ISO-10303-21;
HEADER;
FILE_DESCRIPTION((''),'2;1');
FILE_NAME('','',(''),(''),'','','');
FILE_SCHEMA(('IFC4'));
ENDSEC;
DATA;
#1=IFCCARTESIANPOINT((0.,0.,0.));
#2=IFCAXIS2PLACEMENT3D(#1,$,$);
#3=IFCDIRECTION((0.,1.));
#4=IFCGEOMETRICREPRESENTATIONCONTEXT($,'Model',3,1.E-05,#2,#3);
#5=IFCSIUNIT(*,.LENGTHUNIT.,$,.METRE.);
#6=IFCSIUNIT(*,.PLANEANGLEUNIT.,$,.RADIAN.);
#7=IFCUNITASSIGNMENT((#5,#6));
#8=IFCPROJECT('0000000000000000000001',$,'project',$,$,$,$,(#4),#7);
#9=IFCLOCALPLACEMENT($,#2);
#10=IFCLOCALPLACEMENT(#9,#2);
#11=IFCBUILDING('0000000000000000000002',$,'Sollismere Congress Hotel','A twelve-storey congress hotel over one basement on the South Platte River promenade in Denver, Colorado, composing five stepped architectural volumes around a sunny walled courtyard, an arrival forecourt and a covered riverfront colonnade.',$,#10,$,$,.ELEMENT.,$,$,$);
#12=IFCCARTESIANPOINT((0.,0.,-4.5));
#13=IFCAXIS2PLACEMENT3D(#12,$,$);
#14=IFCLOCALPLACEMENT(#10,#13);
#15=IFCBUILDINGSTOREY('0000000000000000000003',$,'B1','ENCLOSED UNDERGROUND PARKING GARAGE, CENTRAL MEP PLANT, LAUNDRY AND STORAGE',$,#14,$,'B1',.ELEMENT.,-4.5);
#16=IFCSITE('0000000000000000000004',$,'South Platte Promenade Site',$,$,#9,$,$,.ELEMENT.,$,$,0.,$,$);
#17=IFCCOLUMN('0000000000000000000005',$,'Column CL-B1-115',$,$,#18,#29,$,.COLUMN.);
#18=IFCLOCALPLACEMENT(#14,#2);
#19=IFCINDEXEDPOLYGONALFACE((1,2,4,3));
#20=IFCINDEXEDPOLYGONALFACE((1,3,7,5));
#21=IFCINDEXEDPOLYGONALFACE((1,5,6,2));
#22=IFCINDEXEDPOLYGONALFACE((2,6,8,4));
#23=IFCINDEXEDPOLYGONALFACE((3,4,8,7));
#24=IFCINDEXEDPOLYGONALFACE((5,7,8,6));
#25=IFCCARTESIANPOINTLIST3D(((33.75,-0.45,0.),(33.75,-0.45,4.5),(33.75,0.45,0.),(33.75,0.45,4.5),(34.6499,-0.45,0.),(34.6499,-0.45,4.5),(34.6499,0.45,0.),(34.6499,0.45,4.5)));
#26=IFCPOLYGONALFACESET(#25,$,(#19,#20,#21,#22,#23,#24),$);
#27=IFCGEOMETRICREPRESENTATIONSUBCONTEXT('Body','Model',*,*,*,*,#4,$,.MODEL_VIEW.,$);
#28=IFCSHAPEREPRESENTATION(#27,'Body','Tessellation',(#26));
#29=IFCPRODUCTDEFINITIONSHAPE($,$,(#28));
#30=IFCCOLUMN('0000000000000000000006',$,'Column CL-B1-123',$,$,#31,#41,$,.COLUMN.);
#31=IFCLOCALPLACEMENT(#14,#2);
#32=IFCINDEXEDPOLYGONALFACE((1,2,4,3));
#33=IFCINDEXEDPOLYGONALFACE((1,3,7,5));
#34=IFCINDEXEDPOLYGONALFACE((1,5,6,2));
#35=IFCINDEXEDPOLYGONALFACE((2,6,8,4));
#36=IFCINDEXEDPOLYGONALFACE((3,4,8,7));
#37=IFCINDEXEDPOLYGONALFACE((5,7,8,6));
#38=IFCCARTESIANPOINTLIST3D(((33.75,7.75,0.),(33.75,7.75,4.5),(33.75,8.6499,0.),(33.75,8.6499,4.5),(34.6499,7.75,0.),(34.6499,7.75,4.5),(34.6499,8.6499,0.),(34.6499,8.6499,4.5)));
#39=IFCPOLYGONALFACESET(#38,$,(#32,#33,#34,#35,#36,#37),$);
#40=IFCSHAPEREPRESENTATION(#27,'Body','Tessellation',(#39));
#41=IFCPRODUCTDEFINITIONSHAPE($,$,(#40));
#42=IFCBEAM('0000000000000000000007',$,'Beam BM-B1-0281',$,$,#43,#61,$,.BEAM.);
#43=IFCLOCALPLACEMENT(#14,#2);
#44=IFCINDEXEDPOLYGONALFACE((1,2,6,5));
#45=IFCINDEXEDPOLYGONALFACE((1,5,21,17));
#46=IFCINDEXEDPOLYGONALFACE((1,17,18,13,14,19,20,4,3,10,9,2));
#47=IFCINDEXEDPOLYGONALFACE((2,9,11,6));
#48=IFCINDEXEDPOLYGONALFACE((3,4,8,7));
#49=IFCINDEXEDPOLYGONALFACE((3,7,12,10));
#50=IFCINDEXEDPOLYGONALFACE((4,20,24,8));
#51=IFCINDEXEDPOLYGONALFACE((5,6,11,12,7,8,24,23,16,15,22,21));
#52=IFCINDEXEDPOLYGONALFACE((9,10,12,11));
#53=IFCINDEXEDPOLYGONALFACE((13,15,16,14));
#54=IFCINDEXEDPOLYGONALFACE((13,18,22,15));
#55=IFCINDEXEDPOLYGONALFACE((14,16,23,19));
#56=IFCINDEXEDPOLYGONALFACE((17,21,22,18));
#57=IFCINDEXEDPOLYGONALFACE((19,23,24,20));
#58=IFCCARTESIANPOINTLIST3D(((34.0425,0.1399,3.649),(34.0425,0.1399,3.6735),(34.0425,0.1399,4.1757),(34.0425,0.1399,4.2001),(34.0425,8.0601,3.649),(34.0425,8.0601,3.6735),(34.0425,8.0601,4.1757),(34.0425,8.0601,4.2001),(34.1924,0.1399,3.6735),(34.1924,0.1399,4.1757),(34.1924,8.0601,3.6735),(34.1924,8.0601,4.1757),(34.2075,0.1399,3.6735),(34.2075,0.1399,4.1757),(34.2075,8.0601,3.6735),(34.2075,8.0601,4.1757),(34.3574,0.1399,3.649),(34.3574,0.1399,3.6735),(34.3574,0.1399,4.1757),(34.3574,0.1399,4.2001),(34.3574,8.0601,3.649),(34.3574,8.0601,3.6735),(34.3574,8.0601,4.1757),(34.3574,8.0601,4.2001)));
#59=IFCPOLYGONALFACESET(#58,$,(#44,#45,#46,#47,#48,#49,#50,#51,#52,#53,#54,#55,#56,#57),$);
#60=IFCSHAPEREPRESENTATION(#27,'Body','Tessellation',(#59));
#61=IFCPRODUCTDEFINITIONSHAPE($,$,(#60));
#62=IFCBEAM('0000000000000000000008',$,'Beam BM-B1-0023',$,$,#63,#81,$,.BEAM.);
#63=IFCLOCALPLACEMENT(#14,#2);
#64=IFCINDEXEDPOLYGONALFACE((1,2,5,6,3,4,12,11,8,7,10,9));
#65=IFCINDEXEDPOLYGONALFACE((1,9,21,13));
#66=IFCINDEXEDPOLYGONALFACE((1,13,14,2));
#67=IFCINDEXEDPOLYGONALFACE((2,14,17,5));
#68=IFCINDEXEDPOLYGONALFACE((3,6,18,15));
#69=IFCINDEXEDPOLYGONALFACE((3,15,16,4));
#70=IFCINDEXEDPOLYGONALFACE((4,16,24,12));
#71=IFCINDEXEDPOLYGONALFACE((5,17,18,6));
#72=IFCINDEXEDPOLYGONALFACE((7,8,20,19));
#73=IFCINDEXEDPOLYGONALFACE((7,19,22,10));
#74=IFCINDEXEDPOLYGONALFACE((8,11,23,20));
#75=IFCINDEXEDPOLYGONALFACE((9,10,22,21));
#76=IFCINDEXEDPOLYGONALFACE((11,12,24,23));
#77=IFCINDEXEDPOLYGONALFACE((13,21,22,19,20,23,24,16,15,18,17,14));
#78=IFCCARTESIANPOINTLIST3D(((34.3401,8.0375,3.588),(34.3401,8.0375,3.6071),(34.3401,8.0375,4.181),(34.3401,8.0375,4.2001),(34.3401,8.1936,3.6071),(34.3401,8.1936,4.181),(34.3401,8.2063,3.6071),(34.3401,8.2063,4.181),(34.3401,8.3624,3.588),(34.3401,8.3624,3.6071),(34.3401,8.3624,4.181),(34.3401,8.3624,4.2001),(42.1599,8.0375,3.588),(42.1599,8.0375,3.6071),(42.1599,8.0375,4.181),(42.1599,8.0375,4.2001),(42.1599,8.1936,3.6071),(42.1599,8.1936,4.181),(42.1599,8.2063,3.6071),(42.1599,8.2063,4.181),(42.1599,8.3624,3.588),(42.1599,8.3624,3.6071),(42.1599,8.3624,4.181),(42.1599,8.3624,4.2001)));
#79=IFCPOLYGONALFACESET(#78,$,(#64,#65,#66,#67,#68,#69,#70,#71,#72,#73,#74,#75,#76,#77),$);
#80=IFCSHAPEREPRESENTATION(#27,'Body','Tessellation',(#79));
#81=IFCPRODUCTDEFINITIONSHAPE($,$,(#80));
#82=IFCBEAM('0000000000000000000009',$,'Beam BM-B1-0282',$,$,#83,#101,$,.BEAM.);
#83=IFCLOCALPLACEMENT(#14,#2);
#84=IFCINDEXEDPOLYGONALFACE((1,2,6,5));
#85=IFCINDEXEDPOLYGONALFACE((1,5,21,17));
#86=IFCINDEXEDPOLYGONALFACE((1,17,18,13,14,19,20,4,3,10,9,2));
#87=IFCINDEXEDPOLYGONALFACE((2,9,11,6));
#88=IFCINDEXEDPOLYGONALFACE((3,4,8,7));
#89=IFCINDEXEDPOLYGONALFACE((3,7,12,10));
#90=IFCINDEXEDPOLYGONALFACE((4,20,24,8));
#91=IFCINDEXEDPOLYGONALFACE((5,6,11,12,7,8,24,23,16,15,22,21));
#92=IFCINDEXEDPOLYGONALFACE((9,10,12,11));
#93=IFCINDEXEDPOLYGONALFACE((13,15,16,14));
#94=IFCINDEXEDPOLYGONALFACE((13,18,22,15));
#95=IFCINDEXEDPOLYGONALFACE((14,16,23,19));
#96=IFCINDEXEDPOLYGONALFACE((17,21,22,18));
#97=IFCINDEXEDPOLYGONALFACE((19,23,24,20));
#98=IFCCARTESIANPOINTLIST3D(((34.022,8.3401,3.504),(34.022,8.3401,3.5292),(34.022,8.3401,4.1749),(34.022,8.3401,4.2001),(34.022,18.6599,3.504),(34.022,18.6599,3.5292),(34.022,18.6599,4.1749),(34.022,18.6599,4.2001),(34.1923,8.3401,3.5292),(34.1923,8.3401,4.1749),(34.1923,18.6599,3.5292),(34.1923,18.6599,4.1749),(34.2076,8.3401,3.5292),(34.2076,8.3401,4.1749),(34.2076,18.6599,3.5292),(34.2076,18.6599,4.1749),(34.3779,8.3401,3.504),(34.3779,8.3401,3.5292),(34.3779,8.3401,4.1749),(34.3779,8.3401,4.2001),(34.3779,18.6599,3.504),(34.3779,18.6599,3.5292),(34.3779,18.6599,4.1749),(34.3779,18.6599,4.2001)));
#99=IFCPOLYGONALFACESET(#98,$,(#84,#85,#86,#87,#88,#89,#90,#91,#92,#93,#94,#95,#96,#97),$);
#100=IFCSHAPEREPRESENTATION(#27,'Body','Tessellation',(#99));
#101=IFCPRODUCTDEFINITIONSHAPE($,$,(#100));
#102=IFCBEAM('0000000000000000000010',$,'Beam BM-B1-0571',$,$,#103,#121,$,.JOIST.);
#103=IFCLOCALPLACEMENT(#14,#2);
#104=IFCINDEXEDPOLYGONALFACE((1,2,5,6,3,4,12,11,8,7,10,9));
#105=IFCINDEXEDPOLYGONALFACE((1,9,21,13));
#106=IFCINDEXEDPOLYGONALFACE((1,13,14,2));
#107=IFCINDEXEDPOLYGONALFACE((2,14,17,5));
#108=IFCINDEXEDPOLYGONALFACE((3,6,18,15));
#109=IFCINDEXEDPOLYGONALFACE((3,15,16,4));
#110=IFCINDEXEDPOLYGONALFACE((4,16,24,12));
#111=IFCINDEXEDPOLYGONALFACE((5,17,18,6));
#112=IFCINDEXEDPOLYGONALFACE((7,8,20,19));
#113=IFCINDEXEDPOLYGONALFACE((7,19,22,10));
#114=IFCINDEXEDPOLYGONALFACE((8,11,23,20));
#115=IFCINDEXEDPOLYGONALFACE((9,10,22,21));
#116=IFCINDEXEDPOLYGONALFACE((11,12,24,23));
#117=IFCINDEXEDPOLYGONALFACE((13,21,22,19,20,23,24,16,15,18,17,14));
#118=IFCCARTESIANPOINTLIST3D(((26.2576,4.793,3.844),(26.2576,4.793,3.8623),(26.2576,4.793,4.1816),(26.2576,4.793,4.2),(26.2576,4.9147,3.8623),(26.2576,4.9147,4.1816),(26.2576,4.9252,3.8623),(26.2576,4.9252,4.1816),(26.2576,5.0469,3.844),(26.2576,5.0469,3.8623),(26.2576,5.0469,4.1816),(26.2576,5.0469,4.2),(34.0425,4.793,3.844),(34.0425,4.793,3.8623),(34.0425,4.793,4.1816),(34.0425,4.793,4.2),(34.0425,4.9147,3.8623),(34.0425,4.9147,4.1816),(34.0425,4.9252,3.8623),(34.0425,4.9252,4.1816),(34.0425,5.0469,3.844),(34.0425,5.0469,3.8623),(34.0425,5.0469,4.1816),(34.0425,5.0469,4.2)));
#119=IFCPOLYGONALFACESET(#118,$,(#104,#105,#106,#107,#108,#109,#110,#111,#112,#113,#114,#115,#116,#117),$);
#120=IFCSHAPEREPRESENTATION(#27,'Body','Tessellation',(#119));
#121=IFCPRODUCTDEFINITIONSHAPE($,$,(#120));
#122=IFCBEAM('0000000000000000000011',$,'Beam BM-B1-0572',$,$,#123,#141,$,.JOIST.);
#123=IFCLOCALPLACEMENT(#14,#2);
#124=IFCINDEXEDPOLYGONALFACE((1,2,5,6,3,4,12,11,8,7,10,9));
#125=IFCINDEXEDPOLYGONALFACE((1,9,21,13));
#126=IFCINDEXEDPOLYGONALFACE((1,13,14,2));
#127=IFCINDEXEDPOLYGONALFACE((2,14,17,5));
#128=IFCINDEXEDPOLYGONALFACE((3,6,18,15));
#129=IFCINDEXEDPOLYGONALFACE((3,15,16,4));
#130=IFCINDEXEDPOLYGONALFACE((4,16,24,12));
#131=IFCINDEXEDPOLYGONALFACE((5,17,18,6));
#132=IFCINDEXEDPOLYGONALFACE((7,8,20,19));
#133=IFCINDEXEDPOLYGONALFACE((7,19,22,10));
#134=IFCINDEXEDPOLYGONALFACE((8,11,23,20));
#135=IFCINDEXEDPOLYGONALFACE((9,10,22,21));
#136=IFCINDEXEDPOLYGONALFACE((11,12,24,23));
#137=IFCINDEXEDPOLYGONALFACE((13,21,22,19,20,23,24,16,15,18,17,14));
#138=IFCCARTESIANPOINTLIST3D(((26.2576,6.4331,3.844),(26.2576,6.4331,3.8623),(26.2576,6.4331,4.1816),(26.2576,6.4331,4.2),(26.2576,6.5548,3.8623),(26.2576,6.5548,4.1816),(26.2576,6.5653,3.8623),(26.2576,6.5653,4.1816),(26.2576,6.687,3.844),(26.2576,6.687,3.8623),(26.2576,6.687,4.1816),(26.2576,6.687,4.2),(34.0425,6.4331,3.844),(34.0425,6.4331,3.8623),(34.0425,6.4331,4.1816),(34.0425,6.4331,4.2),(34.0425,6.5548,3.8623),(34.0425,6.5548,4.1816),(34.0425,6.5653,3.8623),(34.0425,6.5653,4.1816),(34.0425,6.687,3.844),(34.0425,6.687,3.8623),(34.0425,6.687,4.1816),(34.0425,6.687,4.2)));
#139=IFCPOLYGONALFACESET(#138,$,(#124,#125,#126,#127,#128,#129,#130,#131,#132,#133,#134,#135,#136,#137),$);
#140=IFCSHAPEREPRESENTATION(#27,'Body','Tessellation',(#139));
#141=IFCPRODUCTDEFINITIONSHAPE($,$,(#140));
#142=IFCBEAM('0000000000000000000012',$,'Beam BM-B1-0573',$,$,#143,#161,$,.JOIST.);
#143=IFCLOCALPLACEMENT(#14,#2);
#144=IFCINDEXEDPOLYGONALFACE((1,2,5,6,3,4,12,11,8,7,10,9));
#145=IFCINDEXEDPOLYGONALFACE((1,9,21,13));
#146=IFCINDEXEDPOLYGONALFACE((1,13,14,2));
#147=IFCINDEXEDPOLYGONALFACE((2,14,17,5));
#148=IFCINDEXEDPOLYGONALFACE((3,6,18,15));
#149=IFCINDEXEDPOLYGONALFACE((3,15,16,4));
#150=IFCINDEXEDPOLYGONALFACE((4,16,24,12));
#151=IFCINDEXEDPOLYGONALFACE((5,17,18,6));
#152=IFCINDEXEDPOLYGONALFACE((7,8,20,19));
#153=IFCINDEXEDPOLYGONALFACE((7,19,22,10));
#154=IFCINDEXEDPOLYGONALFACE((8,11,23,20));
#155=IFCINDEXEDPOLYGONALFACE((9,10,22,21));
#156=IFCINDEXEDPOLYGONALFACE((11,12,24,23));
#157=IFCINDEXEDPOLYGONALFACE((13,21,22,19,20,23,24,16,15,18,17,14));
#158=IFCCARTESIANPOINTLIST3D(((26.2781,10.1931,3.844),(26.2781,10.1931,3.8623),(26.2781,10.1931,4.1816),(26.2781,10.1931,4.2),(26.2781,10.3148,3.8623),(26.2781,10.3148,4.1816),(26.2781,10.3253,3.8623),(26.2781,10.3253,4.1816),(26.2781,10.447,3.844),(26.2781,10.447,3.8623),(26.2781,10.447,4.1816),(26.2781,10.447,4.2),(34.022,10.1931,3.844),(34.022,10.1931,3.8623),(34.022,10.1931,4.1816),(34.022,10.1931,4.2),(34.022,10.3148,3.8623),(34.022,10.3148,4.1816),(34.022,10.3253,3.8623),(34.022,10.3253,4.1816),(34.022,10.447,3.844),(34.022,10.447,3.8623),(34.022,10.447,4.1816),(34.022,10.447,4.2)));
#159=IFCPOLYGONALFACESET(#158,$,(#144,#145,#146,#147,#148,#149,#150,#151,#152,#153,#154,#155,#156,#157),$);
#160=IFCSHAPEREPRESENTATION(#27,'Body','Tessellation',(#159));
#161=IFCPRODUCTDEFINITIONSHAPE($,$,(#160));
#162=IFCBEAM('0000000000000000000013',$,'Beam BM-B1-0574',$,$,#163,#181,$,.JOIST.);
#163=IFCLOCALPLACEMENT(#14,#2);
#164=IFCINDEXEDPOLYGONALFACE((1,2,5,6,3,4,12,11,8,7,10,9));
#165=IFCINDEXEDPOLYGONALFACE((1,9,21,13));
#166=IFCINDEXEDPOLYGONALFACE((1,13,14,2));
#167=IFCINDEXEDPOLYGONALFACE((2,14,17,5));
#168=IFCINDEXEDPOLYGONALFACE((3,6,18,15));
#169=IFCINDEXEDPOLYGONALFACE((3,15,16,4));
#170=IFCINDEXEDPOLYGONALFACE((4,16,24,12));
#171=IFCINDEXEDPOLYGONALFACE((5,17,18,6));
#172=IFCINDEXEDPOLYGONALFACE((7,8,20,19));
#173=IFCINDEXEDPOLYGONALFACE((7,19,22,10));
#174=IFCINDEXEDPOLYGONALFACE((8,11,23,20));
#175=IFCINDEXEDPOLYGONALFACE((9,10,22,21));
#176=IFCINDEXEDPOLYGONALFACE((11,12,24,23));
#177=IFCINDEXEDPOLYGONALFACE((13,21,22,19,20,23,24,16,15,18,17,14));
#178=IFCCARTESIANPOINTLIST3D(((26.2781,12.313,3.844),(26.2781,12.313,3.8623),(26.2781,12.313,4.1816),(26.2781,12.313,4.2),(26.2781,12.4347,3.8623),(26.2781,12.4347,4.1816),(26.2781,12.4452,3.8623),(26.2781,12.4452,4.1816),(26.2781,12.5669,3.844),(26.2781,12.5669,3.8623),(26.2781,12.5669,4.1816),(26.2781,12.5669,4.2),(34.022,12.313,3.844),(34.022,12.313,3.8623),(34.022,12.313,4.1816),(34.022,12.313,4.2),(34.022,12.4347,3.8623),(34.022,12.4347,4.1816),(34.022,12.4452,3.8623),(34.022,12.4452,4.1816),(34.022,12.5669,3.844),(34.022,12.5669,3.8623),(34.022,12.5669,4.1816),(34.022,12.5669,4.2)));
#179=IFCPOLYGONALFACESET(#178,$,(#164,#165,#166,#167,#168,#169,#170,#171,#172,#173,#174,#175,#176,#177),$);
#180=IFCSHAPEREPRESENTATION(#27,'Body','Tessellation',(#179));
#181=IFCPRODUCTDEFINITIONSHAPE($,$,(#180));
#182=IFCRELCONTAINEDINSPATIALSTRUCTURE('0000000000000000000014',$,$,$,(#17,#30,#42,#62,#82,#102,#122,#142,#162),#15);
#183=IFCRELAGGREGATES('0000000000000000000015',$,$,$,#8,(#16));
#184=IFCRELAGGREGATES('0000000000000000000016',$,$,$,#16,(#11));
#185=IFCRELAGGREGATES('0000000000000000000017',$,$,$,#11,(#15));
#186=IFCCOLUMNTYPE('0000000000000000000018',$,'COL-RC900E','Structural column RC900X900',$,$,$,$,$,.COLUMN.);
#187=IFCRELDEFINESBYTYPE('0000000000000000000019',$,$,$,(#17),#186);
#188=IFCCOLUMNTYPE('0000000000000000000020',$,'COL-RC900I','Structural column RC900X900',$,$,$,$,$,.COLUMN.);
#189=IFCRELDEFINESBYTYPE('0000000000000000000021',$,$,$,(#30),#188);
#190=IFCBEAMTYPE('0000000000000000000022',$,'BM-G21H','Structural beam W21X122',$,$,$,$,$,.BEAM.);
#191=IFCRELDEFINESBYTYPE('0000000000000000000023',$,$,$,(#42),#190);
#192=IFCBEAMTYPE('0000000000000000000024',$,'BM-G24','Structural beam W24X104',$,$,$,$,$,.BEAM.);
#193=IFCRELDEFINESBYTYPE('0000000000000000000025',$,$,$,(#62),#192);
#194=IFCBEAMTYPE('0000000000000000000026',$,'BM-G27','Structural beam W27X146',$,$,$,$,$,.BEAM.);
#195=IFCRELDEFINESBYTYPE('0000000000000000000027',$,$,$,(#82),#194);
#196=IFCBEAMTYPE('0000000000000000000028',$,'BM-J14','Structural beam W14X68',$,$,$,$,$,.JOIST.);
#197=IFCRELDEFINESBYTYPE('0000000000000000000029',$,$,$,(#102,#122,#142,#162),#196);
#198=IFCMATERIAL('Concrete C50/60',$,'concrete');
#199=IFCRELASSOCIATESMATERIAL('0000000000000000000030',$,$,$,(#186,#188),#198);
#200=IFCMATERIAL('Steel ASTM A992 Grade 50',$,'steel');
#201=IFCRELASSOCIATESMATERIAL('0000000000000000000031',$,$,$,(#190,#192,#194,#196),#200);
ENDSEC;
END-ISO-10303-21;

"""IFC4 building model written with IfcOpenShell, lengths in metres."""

from ifc_helpers import new_model, si_unit, direction, frame, origin, origin_2d, place, context, subcontext, project, spatial, rectangle, i_section, extrude, material, material_profile, profile_set, type_object, element, save


model = new_model("IFC4")

# Units and contexts
model_context = context("Model", 3, precision=1e-05, world=origin(), true_north=direction((0.0, 1.0)))
body_context = subcontext(model_context, "Body", "Model", "MODEL_VIEW")
ifc_project = project(units=[si_unit("LENGTHUNIT", "METRE"), si_unit("PLANEANGLEUNIT", "RADIAN")], contexts=[model_context])

# Site, building, storey
site_placement = place(None, origin())
site = spatial("IfcSite", under=ifc_project, at=site_placement, Name="South Platte Promenade Site", CompositionType="ELEMENT", RefElevation=0.0)
building_placement = place(site_placement, origin())
building = spatial("IfcBuilding", under=site, at=building_placement, Name="Sollismere Congress Hotel", Description="A twelve-storey congress hotel over one basement on the South Platte River promenade in Denver, Colorado, composing five stepped architectural volumes around a sunny walled courtyard, an arrival forecourt and a covered riverfront colonnade.", CompositionType="ELEMENT")
storey_placement = place(building_placement, frame((0.0, 0.0, -4.5)))
storey = spatial("IfcBuildingStorey", under=building, at=storey_placement, Name="B1", Description="ENCLOSED UNDERGROUND PARKING GARAGE, CENTRAL MEP PLANT, LAUNDRY AND STORAGE", LongName="B1", CompositionType="ELEMENT", Elevation=-4.5)

# Columns
ifc_material_1 = material(Name="Concrete C50/60", Category="concrete")
ifc_material_profile_1 = material_profile(ifc_material_1, rectangle(XDim=0.8999, YDim=0.8999, at=origin_2d()), Name="RC900X900")
ifc_profile_set_1 = profile_set([ifc_material_profile_1], Name="Concrete C50/60")
column_type_1 = type_object("IfcColumnType", Name="COL-RC900E", Description="Structural column RC900X900", PredefinedType="COLUMN", material=ifc_profile_set_1)
column_1_placement = place(storey_placement, frame((34.2, 0.0, 0.0), z_axis=(0.0, 0.0, 1.0), x_axis=(0.0, 1.0, 0.0)))
element("IfcColumn", 1, at=column_1_placement, inside=storey, type_object=column_type_1, Name="Column CL-B1-115", PredefinedType="COLUMN", context=body_context, shape_type="SweptSolid", body=[
    extrude(rectangle(XDim=0.8999, YDim=0.8999, at=origin_2d()), origin(), (0.0, 0.0, 1.0), 4.5),
])
ifc_material_profile_2 = material_profile(ifc_material_1, rectangle(XDim=0.8999, YDim=0.8999, at=origin_2d()), Name="RC900X900")
ifc_profile_set_2 = profile_set([ifc_material_profile_2], Name="Concrete C50/60")
column_type_2 = type_object("IfcColumnType", Name="COL-RC900I", Description="Structural column RC900X900", PredefinedType="COLUMN", material=ifc_profile_set_2)
column_2_placement = place(storey_placement, frame((34.2, 8.2, 0.0), z_axis=(0.0, 0.0, 1.0), x_axis=(1.0, 0.0, 0.0)))
element("IfcColumn", 2, at=column_2_placement, inside=storey, type_object=column_type_2, Name="Column CL-B1-123", PredefinedType="COLUMN", context=body_context, shape_type="SweptSolid", body=[
    extrude(rectangle(XDim=0.8999, YDim=0.8999, at=origin_2d()), origin(), (0.0, 0.0, 1.0), 4.5),
])

# Beams
ifc_material_2 = material(Name="Steel ASTM A992 Grade 50", Category="steel")
ifc_material_profile_3 = material_profile(ifc_material_2, i_section(OverallWidth=0.3149, OverallDepth=0.551, WebThickness=0.0151, FlangeThickness=0.0244, at=origin_2d()), Name="W21X122")
ifc_profile_set_3 = profile_set([ifc_material_profile_3], Name="Steel ASTM A992 Grade 50")
beam_type_1 = type_object("IfcBeamType", Name="BM-G21H", Description="Structural beam W21X122", PredefinedType="BEAM", material=ifc_profile_set_3)
beam_1_placement = place(storey_placement, frame((34.2, 0.1399, 3.9246), z_axis=(0.0, 1.0, 0.0), x_axis=(-1.0, 0.0, 0.0)))
element("IfcBeam", 3, at=beam_1_placement, inside=storey, type_object=beam_type_1, Name="Beam BM-B1-0281", PredefinedType="BEAM", context=body_context, shape_type="SweptSolid", body=[
    extrude(i_section(OverallWidth=0.3149, OverallDepth=0.551, WebThickness=0.0151, FlangeThickness=0.0244, at=origin_2d()), origin(), (0.0, 0.0, 1.0), 7.9202),
])
ifc_material_profile_4 = material_profile(ifc_material_2, i_section(OverallWidth=0.325, OverallDepth=0.6121, WebThickness=0.0127, FlangeThickness=0.019, at=origin_2d()), Name="W24X104")
ifc_profile_set_4 = profile_set([ifc_material_profile_4], Name="Steel ASTM A992 Grade 50")
beam_type_2 = type_object("IfcBeamType", Name="BM-G24", Description="Structural beam W24X104", PredefinedType="BEAM", material=ifc_profile_set_4)
beam_2_placement = place(storey_placement, frame((34.3401, 8.2, 3.894), z_axis=(1.0, 0.0, 0.0), x_axis=(0.0, 1.0, 0.0)))
element("IfcBeam", 4, at=beam_2_placement, inside=storey, type_object=beam_type_2, Name="Beam BM-B1-0023", PredefinedType="BEAM", context=body_context, shape_type="SweptSolid", body=[
    extrude(i_section(OverallWidth=0.325, OverallDepth=0.6121, WebThickness=0.0127, FlangeThickness=0.019, at=origin_2d()), origin(), (0.0, 0.0, 1.0), 7.8198),
])
ifc_material_profile_5 = material_profile(ifc_material_2, i_section(OverallWidth=0.356, OverallDepth=0.696, WebThickness=0.0154, FlangeThickness=0.0251, at=origin_2d()), Name="W27X146")
ifc_profile_set_5 = profile_set([ifc_material_profile_5], Name="Steel ASTM A992 Grade 50")
beam_type_3 = type_object("IfcBeamType", Name="BM-G27", Description="Structural beam W27X146", PredefinedType="BEAM", material=ifc_profile_set_5)
beam_3_placement = place(storey_placement, frame((34.2, 8.3401, 3.8521), z_axis=(0.0, 1.0, 0.0), x_axis=(-1.0, 0.0, 0.0)))
element("IfcBeam", 5, at=beam_3_placement, inside=storey, type_object=beam_type_3, Name="Beam BM-B1-0282", PredefinedType="BEAM", context=body_context, shape_type="SweptSolid", body=[
    extrude(i_section(OverallWidth=0.356, OverallDepth=0.696, WebThickness=0.0154, FlangeThickness=0.0251, at=origin_2d()), origin(), (0.0, 0.0, 1.0), 10.3198),
])
ifc_material_profile_6 = material_profile(ifc_material_2, i_section(OverallWidth=0.2539, OverallDepth=0.356, WebThickness=0.0105, FlangeThickness=0.0183, at=origin_2d()), Name="W14X68")
ifc_profile_set_6 = profile_set([ifc_material_profile_6], Name="Steel ASTM A992 Grade 50")
beam_type_4 = type_object("IfcBeamType", Name="BM-J14", Description="Structural beam W14X68", PredefinedType="JOIST", material=ifc_profile_set_6)
for number, where, z_axis, x_axis, name in (
    (6, (26.2576, 4.9199, 4.022), (1.0, 0.0, 0.0), (0.0, 1.0, 0.0), "Beam BM-B1-0571"),
    (7, (26.2576, 6.5601, 4.022), (1.0, 0.0, 0.0), (0.0, 1.0, 0.0), "Beam BM-B1-0572"),
):
    element("IfcBeam", number, at=place(storey_placement, frame(where, z_axis=z_axis, x_axis=x_axis)), inside=storey, type_object=beam_type_4, Name=name, PredefinedType="JOIST", context=body_context, shape_type="SweptSolid", body=[
        extrude(i_section(OverallWidth=0.2539, OverallDepth=0.356, WebThickness=0.0105, FlangeThickness=0.0183, at=origin_2d()), origin(), (0.0, 0.0, 1.0), 7.7849),
    ])
for number, where, z_axis, x_axis, name in (
    (8, (26.2781, 10.3201, 4.022), (1.0, 0.0, 0.0), (0.0, 1.0, 0.0), "Beam BM-B1-0573"),
    (9, (26.2781, 12.4399, 4.022), (1.0, 0.0, 0.0), (0.0, 1.0, 0.0), "Beam BM-B1-0574"),
):
    element("IfcBeam", number, at=place(storey_placement, frame(where, z_axis=z_axis, x_axis=x_axis)), inside=storey, type_object=beam_type_4, Name=name, PredefinedType="JOIST", context=body_context, shape_type="SweptSolid", body=[
        extrude(i_section(OverallWidth=0.2539, OverallDepth=0.356, WebThickness=0.0105, FlangeThickness=0.0183, at=origin_2d()), origin(), (0.0, 0.0, 1.0), 7.7439),
    ])

save(model, "model.ifc")
